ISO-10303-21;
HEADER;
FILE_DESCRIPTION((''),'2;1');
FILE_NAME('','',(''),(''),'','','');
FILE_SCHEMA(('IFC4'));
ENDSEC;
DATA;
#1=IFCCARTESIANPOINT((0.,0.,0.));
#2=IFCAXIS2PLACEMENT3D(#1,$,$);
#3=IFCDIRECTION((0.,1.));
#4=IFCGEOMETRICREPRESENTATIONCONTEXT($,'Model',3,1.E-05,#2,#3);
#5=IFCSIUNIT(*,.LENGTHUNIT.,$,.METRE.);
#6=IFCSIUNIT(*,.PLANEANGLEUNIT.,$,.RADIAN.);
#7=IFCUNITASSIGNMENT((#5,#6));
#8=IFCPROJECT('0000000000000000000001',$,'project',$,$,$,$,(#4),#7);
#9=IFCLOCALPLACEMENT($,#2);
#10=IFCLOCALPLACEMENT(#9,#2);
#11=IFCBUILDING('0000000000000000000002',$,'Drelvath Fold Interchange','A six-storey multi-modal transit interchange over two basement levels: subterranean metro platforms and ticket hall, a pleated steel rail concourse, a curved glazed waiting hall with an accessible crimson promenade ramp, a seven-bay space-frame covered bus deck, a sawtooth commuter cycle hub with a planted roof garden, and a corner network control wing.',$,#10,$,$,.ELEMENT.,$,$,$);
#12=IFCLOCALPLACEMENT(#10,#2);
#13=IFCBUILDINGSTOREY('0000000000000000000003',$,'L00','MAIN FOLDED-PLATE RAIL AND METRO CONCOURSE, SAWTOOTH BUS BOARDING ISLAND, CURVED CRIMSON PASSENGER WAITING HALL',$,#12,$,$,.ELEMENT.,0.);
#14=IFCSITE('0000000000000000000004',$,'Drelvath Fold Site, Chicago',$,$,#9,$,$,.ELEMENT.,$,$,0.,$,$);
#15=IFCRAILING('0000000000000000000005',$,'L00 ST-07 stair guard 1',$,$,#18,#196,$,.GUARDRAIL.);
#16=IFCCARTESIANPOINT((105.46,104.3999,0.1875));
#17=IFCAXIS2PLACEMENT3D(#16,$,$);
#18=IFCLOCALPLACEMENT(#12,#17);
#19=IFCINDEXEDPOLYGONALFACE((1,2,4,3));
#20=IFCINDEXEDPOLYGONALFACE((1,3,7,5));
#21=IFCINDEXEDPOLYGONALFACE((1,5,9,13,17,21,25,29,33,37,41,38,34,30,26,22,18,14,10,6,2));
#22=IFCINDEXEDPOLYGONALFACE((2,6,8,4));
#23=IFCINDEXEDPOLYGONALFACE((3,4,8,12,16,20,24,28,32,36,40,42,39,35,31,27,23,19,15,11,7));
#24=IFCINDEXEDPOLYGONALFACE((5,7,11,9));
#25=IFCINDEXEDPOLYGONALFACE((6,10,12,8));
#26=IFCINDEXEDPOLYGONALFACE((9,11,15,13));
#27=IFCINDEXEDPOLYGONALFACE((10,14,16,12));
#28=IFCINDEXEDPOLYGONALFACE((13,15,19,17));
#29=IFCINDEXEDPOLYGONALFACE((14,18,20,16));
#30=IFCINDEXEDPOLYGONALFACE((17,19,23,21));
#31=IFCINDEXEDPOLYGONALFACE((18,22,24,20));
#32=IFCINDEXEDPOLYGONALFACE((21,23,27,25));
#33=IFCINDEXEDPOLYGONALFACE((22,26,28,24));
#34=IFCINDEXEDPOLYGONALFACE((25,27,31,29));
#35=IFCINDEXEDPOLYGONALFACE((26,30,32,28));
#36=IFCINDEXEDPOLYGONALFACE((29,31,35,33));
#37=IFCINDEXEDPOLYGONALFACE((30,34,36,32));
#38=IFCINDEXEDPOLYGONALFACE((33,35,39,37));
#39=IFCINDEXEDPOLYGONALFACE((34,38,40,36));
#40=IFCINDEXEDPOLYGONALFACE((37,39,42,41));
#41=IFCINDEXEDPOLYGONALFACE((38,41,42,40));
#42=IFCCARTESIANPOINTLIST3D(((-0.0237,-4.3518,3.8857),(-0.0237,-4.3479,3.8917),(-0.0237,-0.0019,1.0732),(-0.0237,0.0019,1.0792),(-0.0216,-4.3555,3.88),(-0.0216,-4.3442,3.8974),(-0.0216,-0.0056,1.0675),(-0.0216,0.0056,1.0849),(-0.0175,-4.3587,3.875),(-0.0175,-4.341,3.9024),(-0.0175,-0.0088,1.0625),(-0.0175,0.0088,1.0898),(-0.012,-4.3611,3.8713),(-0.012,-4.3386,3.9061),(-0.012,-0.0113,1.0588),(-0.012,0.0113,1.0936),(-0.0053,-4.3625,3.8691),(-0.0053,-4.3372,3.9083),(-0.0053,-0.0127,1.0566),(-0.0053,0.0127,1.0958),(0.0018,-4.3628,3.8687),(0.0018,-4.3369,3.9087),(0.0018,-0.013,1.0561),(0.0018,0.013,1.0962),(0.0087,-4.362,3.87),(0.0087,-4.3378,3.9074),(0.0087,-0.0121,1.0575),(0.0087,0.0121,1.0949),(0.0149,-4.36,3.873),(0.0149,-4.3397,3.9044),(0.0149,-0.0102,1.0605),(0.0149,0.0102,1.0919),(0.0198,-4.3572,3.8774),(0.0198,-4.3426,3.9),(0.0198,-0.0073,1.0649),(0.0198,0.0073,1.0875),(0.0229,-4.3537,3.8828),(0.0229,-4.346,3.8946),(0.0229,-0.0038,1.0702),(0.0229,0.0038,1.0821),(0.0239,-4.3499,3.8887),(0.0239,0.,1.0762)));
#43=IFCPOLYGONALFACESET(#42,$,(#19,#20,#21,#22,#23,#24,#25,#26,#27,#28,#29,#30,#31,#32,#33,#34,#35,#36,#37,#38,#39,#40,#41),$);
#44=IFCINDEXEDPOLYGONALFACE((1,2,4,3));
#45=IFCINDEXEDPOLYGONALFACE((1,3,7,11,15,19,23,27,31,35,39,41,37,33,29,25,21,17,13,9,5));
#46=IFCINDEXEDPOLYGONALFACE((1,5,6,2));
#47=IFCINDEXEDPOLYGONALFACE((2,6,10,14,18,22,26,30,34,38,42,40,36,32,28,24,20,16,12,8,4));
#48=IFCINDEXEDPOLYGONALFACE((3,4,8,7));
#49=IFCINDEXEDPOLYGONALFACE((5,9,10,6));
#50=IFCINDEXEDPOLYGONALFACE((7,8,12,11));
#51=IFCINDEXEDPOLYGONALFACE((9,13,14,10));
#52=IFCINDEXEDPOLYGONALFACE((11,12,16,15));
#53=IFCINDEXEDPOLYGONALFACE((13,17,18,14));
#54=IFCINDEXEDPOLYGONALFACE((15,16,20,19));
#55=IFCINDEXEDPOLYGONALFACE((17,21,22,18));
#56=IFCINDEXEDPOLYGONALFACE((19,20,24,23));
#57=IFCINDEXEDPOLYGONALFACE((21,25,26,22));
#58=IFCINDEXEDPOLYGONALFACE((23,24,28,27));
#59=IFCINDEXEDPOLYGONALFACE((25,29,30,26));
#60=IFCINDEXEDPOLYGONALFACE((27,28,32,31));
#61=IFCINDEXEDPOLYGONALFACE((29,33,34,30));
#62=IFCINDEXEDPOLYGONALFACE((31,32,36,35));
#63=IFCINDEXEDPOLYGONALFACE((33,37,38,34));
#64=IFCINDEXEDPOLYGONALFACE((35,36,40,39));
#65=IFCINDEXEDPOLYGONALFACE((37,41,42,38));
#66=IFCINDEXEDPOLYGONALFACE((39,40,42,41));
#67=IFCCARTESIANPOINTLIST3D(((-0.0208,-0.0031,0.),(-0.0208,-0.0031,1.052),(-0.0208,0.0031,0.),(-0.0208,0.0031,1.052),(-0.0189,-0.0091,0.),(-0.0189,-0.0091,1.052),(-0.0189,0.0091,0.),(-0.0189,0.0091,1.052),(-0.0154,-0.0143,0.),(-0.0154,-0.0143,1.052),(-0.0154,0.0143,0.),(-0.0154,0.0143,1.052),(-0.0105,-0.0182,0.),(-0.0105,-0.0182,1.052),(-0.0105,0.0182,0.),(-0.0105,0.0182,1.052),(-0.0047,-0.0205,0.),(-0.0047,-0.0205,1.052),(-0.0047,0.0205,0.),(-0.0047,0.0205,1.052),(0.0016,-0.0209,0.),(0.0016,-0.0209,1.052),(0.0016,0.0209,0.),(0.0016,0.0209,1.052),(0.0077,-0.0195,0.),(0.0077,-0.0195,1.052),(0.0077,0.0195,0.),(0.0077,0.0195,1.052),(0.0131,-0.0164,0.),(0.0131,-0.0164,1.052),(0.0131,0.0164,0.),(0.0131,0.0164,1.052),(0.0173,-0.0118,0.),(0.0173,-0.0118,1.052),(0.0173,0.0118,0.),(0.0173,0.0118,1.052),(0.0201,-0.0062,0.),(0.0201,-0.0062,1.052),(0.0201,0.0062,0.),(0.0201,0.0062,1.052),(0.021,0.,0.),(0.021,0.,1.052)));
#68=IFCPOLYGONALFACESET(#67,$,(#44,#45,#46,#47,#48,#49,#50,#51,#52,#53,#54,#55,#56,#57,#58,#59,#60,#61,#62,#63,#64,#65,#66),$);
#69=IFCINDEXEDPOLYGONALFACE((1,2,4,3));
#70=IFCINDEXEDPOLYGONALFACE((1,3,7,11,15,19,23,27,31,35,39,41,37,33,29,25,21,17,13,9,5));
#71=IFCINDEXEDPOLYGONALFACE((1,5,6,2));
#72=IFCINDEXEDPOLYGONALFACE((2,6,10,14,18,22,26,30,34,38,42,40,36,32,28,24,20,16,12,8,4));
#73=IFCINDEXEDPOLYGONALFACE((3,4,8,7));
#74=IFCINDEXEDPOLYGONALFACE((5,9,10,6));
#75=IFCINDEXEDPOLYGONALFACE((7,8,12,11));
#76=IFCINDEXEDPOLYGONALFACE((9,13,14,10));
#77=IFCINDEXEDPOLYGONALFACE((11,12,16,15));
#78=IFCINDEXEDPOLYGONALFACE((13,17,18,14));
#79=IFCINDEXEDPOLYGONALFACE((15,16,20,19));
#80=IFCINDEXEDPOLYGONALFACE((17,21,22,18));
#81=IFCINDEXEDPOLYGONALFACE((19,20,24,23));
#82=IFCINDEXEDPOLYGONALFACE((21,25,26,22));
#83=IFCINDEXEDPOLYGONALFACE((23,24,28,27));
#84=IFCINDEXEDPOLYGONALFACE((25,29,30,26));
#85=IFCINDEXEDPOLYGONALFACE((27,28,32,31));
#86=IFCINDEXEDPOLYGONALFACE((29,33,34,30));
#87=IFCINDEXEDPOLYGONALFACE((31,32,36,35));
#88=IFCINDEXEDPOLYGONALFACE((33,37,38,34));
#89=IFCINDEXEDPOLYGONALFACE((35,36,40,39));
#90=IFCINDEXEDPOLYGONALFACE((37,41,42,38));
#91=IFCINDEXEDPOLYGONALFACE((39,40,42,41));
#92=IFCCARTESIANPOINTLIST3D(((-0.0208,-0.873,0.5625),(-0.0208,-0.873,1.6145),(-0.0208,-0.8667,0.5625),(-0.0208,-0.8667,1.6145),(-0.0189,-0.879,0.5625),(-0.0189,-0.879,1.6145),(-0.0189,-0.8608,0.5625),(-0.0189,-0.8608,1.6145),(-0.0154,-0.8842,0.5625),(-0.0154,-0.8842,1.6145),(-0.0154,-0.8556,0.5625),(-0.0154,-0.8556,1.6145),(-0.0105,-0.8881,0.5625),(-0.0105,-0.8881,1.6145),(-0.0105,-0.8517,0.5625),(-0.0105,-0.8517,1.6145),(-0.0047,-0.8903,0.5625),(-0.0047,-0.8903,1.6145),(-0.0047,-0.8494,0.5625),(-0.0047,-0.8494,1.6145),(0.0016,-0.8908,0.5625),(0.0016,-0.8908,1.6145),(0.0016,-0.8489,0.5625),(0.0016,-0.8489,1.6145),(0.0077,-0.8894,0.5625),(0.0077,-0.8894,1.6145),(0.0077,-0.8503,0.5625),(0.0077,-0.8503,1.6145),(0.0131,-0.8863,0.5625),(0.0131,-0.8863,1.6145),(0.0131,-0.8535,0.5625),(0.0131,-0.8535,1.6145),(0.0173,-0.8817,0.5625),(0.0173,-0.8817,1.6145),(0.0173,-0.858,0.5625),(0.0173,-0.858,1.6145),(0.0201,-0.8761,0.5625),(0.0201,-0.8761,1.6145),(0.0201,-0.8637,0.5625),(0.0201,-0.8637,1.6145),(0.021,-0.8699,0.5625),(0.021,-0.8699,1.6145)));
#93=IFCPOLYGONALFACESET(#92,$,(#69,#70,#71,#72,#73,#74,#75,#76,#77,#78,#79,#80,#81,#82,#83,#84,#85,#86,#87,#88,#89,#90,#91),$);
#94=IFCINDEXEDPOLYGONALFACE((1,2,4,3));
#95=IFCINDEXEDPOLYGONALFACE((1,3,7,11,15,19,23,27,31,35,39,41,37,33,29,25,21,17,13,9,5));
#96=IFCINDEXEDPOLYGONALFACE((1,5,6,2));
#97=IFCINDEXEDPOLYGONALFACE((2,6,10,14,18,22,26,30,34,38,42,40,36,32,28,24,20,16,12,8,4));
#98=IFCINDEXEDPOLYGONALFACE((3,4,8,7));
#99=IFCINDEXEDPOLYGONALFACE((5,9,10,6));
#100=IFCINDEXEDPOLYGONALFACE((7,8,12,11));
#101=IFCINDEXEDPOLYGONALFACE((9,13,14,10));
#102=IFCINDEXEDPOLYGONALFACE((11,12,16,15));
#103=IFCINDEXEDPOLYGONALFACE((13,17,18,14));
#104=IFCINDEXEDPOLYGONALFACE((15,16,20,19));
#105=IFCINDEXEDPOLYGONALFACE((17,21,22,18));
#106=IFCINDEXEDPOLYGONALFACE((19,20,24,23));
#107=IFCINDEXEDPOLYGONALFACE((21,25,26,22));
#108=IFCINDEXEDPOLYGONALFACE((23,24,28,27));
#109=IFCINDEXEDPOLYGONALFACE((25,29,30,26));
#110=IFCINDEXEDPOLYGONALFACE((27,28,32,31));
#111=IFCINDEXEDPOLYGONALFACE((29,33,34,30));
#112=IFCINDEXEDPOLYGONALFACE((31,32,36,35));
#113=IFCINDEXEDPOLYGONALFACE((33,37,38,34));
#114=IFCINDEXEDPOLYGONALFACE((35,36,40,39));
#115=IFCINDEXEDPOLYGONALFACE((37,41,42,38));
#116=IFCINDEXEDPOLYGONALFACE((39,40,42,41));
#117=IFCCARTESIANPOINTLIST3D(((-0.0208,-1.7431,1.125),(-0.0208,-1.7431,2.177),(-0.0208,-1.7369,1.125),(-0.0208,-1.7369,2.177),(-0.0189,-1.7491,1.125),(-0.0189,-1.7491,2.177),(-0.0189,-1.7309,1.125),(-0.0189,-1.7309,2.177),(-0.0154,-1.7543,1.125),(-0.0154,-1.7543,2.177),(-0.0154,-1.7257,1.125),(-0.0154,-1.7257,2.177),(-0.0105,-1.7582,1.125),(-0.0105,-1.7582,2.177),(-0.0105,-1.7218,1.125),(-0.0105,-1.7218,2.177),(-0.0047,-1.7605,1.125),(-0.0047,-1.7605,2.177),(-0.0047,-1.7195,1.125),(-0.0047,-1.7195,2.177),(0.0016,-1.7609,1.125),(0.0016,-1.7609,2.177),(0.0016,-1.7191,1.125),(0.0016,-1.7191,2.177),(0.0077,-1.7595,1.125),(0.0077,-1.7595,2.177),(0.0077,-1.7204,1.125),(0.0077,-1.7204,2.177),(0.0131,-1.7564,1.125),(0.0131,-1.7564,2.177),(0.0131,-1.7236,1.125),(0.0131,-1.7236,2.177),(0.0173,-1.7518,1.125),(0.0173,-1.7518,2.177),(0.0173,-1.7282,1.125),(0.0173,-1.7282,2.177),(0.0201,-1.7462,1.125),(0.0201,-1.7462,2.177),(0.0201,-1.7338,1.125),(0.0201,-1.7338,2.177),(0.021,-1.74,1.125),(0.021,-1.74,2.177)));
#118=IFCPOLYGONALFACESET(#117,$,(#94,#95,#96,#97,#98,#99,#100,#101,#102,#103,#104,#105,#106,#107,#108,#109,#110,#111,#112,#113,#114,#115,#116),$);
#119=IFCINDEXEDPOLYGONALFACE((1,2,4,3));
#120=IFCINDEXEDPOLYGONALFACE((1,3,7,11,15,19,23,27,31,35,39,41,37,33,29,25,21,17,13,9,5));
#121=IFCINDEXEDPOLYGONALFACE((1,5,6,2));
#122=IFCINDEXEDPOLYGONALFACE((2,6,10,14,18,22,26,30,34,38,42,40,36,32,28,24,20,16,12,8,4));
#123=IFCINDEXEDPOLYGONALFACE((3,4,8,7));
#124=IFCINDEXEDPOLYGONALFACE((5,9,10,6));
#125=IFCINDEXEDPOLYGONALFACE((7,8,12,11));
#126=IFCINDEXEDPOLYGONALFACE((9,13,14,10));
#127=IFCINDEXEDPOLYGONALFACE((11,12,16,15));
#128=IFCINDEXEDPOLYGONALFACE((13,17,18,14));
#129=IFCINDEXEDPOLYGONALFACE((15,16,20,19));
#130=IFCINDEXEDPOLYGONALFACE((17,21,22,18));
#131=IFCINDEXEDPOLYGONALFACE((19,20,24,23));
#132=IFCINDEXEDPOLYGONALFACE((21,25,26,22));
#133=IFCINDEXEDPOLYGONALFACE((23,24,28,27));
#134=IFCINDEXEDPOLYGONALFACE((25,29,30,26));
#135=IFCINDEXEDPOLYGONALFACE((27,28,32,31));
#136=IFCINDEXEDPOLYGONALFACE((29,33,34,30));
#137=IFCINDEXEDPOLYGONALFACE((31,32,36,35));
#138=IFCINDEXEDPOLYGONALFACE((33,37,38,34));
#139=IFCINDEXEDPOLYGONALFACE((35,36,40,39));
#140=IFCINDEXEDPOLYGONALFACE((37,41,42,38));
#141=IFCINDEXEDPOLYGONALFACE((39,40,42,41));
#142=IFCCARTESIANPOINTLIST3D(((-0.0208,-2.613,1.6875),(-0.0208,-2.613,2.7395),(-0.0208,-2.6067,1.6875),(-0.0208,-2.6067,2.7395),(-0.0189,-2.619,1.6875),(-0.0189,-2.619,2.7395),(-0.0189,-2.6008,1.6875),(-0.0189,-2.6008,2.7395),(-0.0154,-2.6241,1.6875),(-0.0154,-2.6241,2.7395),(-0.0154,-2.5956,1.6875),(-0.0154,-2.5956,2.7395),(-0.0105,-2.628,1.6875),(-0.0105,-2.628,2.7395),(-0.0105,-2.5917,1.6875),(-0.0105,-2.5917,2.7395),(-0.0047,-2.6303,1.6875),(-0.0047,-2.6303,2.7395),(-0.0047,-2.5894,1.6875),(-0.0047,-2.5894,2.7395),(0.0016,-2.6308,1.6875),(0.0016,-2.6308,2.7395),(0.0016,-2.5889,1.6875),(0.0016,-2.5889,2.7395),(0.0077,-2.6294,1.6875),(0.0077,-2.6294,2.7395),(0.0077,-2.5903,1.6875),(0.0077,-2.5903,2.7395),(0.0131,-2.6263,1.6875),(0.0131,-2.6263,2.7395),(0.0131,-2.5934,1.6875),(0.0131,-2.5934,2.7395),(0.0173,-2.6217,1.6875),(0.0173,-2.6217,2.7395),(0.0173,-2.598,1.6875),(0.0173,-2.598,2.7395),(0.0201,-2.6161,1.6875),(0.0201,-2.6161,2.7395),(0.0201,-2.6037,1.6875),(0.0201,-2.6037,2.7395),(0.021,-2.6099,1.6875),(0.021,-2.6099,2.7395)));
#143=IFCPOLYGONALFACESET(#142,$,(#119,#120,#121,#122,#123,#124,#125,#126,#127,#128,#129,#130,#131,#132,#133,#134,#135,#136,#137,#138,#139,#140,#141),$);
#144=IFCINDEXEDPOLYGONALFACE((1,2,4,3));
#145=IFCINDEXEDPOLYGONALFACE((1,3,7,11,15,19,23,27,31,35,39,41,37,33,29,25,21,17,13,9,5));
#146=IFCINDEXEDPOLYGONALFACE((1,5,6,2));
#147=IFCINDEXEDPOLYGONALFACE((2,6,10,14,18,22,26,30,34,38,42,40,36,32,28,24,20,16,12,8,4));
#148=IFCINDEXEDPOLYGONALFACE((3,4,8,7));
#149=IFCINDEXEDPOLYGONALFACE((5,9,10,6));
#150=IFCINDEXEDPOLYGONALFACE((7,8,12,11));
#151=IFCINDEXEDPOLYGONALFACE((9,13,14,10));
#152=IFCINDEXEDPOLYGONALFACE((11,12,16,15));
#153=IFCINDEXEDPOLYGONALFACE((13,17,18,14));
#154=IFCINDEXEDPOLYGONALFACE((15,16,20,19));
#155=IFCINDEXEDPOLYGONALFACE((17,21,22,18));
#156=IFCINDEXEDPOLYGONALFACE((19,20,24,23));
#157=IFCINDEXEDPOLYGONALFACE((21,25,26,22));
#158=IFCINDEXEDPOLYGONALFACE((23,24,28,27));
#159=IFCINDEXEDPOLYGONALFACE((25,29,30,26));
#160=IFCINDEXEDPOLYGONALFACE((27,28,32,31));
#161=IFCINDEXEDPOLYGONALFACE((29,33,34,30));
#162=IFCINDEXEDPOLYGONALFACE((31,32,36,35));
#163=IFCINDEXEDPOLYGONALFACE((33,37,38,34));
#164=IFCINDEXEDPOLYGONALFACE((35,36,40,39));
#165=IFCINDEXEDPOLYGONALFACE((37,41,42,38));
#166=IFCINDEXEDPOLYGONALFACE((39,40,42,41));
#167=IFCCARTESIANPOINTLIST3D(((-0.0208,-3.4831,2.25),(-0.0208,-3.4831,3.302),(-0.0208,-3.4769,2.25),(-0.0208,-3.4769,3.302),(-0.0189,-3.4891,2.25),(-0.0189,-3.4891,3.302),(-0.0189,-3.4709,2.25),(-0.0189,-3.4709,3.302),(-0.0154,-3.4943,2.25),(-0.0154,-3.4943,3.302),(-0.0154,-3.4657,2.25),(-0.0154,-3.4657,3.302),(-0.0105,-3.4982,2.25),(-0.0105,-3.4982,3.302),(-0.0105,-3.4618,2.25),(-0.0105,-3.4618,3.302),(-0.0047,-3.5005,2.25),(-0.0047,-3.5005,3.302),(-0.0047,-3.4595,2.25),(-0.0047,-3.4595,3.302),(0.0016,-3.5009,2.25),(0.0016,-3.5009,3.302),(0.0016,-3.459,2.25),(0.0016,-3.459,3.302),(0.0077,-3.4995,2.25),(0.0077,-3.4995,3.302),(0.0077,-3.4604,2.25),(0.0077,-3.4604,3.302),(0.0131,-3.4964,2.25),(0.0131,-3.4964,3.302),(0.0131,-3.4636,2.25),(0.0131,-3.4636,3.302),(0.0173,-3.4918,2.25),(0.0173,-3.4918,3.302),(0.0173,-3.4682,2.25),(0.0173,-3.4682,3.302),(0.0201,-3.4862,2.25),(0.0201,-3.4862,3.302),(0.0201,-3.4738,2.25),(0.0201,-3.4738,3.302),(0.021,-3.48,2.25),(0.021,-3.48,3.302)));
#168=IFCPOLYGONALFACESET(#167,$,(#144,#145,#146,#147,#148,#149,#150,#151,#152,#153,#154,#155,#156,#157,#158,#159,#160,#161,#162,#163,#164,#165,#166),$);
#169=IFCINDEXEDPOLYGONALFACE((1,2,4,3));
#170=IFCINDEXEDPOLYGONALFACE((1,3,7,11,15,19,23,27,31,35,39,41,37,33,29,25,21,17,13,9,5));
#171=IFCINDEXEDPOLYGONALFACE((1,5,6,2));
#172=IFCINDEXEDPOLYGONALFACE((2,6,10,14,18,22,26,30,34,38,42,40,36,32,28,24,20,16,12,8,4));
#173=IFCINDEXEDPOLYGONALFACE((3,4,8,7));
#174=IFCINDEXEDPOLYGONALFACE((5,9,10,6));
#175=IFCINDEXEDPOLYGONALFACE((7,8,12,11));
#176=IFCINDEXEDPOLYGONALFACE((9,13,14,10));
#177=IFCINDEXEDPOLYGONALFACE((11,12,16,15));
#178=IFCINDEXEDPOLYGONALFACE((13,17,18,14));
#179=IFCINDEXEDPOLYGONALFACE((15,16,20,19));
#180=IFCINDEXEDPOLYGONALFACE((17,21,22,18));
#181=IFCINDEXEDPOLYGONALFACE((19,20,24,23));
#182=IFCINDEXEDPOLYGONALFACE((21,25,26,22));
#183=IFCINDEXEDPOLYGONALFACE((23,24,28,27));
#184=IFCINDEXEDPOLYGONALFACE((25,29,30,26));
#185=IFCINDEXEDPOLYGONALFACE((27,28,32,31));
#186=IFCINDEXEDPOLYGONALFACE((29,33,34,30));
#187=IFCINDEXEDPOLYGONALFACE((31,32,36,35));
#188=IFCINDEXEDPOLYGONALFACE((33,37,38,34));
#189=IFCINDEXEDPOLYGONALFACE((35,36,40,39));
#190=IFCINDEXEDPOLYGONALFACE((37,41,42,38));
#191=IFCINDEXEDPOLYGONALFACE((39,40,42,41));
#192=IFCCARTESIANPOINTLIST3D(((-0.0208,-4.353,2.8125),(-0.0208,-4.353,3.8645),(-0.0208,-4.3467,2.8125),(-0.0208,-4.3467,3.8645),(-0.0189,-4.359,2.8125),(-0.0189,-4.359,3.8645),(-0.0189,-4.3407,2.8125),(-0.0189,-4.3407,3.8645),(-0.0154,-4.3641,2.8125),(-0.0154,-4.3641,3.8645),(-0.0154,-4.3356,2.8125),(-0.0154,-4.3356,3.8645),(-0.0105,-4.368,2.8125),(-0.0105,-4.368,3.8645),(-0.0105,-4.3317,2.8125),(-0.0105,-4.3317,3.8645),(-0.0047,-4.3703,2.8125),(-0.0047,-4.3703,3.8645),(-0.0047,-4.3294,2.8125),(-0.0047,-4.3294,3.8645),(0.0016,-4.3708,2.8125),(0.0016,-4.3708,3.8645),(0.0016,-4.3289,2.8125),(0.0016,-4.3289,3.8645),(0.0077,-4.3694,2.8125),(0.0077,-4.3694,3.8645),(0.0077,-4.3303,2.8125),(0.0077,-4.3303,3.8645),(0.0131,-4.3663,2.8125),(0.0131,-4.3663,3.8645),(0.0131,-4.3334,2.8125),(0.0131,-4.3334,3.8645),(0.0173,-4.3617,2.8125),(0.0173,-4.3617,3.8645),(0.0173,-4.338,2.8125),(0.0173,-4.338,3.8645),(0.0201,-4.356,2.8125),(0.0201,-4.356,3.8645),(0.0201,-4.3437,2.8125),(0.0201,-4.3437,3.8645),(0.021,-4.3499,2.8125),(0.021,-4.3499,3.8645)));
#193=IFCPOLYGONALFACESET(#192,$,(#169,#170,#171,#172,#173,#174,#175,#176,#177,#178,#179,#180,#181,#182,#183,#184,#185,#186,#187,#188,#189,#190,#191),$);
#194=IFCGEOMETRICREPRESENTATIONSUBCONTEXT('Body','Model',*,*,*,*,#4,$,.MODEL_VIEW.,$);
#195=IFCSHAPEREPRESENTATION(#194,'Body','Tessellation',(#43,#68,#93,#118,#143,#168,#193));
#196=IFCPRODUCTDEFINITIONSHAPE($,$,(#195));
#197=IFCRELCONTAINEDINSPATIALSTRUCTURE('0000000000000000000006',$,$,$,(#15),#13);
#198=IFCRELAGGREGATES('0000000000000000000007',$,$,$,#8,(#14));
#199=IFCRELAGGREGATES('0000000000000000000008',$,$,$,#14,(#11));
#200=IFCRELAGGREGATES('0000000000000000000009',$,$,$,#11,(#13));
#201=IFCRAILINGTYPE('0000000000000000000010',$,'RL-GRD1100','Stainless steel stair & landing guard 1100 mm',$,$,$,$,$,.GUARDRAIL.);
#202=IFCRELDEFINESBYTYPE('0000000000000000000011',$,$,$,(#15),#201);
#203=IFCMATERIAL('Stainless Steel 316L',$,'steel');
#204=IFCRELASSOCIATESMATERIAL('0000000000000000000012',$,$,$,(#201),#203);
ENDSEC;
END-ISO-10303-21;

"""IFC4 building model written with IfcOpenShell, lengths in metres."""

from ifc_helpers import new_model, si_unit, direction, frame, origin, origin_2d, place, context, subcontext, project, spatial, circle, extrude, material, type_object, element, save


model = new_model("IFC4")

# Units and contexts
model_context = context("Model", 3, precision=1e-05, world=origin(), true_north=direction((0.0, 1.0)))
body_context = subcontext(model_context, "Body", "Model", "MODEL_VIEW")
ifc_project = project(units=[si_unit("LENGTHUNIT", "METRE"), si_unit("PLANEANGLEUNIT", "RADIAN")], contexts=[model_context])

# Site, building, storey
site_placement = place(None, origin())
site = spatial("IfcSite", under=ifc_project, at=site_placement, Name="Drelvath Fold Site, Chicago", CompositionType="ELEMENT", RefElevation=0.0)
building_placement = place(site_placement, origin())
building = spatial("IfcBuilding", under=site, at=building_placement, Name="Drelvath Fold Interchange", Description="A six-storey multi-modal transit interchange over two basement levels: subterranean metro platforms and ticket hall, a pleated steel rail concourse, a curved glazed waiting hall with an accessible crimson promenade ramp, a seven-bay space-frame covered bus deck, a sawtooth commuter cycle hub with a planted roof garden, and a corner network control wing.", CompositionType="ELEMENT")
storey_placement = place(building_placement, origin())
storey = spatial("IfcBuildingStorey", under=building, at=storey_placement, Name="L00", Description="MAIN FOLDED-PLATE RAIL AND METRO CONCOURSE, SAWTOOTH BUS BOARDING ISLAND, CURVED CRIMSON PASSENGER WAITING HALL", CompositionType="ELEMENT", Elevation=0.0)

# Railing
ifc_material_1 = material(Name="Stainless Steel 316L", Category="steel")
railing_type_1 = type_object("IfcRailingType", Name="RL-GRD1100", Description="Stainless steel stair & landing guard 1100 mm", PredefinedType="GUARDRAIL", material=ifc_material_1)
railing_1_placement = place(storey_placement, frame((105.46, 104.3999, 0.1875)))
element("IfcRailing", 1, at=railing_1_placement, inside=storey, type_object=railing_type_1, Name="L00 ST-07 stair guard 1", PredefinedType="GUARDRAIL", context=body_context, shape_type="SweptSolid", body=[
    extrude(circle(Radius=0.0239, at=origin_2d()), frame((0.0, 0.0, 1.0762), z_axis=(0.0, -0.839756, 0.542964), x_axis=(1.0, 0.0, 0.0)), (0.0, 0.0, 1.0), 5.1799),
    extrude(circle(Radius=0.021, at=origin_2d()), origin(), (0.0, 0.0, 1.0), 1.052),
    extrude(circle(Radius=0.021, at=origin_2d()), frame((0.0, -0.8699, 0.5625)), (0.0, 0.0, 1.0), 1.052),
    extrude(circle(Radius=0.021, at=origin_2d()), frame((0.0, -1.74, 1.125)), (0.0, 0.0, 1.0), 1.052),
    extrude(circle(Radius=0.021, at=origin_2d()), frame((0.0, -2.6099, 1.6875)), (0.0, 0.0, 1.0), 1.052),
    extrude(circle(Radius=0.021, at=origin_2d()), frame((0.0, -3.48, 2.25)), (0.0, 0.0, 1.0), 1.052),
    extrude(circle(Radius=0.021, at=origin_2d()), frame((0.0, -4.3499, 2.8125)), (0.0, 0.0, 1.0), 1.052),
])

save(model, "model.ifc")
